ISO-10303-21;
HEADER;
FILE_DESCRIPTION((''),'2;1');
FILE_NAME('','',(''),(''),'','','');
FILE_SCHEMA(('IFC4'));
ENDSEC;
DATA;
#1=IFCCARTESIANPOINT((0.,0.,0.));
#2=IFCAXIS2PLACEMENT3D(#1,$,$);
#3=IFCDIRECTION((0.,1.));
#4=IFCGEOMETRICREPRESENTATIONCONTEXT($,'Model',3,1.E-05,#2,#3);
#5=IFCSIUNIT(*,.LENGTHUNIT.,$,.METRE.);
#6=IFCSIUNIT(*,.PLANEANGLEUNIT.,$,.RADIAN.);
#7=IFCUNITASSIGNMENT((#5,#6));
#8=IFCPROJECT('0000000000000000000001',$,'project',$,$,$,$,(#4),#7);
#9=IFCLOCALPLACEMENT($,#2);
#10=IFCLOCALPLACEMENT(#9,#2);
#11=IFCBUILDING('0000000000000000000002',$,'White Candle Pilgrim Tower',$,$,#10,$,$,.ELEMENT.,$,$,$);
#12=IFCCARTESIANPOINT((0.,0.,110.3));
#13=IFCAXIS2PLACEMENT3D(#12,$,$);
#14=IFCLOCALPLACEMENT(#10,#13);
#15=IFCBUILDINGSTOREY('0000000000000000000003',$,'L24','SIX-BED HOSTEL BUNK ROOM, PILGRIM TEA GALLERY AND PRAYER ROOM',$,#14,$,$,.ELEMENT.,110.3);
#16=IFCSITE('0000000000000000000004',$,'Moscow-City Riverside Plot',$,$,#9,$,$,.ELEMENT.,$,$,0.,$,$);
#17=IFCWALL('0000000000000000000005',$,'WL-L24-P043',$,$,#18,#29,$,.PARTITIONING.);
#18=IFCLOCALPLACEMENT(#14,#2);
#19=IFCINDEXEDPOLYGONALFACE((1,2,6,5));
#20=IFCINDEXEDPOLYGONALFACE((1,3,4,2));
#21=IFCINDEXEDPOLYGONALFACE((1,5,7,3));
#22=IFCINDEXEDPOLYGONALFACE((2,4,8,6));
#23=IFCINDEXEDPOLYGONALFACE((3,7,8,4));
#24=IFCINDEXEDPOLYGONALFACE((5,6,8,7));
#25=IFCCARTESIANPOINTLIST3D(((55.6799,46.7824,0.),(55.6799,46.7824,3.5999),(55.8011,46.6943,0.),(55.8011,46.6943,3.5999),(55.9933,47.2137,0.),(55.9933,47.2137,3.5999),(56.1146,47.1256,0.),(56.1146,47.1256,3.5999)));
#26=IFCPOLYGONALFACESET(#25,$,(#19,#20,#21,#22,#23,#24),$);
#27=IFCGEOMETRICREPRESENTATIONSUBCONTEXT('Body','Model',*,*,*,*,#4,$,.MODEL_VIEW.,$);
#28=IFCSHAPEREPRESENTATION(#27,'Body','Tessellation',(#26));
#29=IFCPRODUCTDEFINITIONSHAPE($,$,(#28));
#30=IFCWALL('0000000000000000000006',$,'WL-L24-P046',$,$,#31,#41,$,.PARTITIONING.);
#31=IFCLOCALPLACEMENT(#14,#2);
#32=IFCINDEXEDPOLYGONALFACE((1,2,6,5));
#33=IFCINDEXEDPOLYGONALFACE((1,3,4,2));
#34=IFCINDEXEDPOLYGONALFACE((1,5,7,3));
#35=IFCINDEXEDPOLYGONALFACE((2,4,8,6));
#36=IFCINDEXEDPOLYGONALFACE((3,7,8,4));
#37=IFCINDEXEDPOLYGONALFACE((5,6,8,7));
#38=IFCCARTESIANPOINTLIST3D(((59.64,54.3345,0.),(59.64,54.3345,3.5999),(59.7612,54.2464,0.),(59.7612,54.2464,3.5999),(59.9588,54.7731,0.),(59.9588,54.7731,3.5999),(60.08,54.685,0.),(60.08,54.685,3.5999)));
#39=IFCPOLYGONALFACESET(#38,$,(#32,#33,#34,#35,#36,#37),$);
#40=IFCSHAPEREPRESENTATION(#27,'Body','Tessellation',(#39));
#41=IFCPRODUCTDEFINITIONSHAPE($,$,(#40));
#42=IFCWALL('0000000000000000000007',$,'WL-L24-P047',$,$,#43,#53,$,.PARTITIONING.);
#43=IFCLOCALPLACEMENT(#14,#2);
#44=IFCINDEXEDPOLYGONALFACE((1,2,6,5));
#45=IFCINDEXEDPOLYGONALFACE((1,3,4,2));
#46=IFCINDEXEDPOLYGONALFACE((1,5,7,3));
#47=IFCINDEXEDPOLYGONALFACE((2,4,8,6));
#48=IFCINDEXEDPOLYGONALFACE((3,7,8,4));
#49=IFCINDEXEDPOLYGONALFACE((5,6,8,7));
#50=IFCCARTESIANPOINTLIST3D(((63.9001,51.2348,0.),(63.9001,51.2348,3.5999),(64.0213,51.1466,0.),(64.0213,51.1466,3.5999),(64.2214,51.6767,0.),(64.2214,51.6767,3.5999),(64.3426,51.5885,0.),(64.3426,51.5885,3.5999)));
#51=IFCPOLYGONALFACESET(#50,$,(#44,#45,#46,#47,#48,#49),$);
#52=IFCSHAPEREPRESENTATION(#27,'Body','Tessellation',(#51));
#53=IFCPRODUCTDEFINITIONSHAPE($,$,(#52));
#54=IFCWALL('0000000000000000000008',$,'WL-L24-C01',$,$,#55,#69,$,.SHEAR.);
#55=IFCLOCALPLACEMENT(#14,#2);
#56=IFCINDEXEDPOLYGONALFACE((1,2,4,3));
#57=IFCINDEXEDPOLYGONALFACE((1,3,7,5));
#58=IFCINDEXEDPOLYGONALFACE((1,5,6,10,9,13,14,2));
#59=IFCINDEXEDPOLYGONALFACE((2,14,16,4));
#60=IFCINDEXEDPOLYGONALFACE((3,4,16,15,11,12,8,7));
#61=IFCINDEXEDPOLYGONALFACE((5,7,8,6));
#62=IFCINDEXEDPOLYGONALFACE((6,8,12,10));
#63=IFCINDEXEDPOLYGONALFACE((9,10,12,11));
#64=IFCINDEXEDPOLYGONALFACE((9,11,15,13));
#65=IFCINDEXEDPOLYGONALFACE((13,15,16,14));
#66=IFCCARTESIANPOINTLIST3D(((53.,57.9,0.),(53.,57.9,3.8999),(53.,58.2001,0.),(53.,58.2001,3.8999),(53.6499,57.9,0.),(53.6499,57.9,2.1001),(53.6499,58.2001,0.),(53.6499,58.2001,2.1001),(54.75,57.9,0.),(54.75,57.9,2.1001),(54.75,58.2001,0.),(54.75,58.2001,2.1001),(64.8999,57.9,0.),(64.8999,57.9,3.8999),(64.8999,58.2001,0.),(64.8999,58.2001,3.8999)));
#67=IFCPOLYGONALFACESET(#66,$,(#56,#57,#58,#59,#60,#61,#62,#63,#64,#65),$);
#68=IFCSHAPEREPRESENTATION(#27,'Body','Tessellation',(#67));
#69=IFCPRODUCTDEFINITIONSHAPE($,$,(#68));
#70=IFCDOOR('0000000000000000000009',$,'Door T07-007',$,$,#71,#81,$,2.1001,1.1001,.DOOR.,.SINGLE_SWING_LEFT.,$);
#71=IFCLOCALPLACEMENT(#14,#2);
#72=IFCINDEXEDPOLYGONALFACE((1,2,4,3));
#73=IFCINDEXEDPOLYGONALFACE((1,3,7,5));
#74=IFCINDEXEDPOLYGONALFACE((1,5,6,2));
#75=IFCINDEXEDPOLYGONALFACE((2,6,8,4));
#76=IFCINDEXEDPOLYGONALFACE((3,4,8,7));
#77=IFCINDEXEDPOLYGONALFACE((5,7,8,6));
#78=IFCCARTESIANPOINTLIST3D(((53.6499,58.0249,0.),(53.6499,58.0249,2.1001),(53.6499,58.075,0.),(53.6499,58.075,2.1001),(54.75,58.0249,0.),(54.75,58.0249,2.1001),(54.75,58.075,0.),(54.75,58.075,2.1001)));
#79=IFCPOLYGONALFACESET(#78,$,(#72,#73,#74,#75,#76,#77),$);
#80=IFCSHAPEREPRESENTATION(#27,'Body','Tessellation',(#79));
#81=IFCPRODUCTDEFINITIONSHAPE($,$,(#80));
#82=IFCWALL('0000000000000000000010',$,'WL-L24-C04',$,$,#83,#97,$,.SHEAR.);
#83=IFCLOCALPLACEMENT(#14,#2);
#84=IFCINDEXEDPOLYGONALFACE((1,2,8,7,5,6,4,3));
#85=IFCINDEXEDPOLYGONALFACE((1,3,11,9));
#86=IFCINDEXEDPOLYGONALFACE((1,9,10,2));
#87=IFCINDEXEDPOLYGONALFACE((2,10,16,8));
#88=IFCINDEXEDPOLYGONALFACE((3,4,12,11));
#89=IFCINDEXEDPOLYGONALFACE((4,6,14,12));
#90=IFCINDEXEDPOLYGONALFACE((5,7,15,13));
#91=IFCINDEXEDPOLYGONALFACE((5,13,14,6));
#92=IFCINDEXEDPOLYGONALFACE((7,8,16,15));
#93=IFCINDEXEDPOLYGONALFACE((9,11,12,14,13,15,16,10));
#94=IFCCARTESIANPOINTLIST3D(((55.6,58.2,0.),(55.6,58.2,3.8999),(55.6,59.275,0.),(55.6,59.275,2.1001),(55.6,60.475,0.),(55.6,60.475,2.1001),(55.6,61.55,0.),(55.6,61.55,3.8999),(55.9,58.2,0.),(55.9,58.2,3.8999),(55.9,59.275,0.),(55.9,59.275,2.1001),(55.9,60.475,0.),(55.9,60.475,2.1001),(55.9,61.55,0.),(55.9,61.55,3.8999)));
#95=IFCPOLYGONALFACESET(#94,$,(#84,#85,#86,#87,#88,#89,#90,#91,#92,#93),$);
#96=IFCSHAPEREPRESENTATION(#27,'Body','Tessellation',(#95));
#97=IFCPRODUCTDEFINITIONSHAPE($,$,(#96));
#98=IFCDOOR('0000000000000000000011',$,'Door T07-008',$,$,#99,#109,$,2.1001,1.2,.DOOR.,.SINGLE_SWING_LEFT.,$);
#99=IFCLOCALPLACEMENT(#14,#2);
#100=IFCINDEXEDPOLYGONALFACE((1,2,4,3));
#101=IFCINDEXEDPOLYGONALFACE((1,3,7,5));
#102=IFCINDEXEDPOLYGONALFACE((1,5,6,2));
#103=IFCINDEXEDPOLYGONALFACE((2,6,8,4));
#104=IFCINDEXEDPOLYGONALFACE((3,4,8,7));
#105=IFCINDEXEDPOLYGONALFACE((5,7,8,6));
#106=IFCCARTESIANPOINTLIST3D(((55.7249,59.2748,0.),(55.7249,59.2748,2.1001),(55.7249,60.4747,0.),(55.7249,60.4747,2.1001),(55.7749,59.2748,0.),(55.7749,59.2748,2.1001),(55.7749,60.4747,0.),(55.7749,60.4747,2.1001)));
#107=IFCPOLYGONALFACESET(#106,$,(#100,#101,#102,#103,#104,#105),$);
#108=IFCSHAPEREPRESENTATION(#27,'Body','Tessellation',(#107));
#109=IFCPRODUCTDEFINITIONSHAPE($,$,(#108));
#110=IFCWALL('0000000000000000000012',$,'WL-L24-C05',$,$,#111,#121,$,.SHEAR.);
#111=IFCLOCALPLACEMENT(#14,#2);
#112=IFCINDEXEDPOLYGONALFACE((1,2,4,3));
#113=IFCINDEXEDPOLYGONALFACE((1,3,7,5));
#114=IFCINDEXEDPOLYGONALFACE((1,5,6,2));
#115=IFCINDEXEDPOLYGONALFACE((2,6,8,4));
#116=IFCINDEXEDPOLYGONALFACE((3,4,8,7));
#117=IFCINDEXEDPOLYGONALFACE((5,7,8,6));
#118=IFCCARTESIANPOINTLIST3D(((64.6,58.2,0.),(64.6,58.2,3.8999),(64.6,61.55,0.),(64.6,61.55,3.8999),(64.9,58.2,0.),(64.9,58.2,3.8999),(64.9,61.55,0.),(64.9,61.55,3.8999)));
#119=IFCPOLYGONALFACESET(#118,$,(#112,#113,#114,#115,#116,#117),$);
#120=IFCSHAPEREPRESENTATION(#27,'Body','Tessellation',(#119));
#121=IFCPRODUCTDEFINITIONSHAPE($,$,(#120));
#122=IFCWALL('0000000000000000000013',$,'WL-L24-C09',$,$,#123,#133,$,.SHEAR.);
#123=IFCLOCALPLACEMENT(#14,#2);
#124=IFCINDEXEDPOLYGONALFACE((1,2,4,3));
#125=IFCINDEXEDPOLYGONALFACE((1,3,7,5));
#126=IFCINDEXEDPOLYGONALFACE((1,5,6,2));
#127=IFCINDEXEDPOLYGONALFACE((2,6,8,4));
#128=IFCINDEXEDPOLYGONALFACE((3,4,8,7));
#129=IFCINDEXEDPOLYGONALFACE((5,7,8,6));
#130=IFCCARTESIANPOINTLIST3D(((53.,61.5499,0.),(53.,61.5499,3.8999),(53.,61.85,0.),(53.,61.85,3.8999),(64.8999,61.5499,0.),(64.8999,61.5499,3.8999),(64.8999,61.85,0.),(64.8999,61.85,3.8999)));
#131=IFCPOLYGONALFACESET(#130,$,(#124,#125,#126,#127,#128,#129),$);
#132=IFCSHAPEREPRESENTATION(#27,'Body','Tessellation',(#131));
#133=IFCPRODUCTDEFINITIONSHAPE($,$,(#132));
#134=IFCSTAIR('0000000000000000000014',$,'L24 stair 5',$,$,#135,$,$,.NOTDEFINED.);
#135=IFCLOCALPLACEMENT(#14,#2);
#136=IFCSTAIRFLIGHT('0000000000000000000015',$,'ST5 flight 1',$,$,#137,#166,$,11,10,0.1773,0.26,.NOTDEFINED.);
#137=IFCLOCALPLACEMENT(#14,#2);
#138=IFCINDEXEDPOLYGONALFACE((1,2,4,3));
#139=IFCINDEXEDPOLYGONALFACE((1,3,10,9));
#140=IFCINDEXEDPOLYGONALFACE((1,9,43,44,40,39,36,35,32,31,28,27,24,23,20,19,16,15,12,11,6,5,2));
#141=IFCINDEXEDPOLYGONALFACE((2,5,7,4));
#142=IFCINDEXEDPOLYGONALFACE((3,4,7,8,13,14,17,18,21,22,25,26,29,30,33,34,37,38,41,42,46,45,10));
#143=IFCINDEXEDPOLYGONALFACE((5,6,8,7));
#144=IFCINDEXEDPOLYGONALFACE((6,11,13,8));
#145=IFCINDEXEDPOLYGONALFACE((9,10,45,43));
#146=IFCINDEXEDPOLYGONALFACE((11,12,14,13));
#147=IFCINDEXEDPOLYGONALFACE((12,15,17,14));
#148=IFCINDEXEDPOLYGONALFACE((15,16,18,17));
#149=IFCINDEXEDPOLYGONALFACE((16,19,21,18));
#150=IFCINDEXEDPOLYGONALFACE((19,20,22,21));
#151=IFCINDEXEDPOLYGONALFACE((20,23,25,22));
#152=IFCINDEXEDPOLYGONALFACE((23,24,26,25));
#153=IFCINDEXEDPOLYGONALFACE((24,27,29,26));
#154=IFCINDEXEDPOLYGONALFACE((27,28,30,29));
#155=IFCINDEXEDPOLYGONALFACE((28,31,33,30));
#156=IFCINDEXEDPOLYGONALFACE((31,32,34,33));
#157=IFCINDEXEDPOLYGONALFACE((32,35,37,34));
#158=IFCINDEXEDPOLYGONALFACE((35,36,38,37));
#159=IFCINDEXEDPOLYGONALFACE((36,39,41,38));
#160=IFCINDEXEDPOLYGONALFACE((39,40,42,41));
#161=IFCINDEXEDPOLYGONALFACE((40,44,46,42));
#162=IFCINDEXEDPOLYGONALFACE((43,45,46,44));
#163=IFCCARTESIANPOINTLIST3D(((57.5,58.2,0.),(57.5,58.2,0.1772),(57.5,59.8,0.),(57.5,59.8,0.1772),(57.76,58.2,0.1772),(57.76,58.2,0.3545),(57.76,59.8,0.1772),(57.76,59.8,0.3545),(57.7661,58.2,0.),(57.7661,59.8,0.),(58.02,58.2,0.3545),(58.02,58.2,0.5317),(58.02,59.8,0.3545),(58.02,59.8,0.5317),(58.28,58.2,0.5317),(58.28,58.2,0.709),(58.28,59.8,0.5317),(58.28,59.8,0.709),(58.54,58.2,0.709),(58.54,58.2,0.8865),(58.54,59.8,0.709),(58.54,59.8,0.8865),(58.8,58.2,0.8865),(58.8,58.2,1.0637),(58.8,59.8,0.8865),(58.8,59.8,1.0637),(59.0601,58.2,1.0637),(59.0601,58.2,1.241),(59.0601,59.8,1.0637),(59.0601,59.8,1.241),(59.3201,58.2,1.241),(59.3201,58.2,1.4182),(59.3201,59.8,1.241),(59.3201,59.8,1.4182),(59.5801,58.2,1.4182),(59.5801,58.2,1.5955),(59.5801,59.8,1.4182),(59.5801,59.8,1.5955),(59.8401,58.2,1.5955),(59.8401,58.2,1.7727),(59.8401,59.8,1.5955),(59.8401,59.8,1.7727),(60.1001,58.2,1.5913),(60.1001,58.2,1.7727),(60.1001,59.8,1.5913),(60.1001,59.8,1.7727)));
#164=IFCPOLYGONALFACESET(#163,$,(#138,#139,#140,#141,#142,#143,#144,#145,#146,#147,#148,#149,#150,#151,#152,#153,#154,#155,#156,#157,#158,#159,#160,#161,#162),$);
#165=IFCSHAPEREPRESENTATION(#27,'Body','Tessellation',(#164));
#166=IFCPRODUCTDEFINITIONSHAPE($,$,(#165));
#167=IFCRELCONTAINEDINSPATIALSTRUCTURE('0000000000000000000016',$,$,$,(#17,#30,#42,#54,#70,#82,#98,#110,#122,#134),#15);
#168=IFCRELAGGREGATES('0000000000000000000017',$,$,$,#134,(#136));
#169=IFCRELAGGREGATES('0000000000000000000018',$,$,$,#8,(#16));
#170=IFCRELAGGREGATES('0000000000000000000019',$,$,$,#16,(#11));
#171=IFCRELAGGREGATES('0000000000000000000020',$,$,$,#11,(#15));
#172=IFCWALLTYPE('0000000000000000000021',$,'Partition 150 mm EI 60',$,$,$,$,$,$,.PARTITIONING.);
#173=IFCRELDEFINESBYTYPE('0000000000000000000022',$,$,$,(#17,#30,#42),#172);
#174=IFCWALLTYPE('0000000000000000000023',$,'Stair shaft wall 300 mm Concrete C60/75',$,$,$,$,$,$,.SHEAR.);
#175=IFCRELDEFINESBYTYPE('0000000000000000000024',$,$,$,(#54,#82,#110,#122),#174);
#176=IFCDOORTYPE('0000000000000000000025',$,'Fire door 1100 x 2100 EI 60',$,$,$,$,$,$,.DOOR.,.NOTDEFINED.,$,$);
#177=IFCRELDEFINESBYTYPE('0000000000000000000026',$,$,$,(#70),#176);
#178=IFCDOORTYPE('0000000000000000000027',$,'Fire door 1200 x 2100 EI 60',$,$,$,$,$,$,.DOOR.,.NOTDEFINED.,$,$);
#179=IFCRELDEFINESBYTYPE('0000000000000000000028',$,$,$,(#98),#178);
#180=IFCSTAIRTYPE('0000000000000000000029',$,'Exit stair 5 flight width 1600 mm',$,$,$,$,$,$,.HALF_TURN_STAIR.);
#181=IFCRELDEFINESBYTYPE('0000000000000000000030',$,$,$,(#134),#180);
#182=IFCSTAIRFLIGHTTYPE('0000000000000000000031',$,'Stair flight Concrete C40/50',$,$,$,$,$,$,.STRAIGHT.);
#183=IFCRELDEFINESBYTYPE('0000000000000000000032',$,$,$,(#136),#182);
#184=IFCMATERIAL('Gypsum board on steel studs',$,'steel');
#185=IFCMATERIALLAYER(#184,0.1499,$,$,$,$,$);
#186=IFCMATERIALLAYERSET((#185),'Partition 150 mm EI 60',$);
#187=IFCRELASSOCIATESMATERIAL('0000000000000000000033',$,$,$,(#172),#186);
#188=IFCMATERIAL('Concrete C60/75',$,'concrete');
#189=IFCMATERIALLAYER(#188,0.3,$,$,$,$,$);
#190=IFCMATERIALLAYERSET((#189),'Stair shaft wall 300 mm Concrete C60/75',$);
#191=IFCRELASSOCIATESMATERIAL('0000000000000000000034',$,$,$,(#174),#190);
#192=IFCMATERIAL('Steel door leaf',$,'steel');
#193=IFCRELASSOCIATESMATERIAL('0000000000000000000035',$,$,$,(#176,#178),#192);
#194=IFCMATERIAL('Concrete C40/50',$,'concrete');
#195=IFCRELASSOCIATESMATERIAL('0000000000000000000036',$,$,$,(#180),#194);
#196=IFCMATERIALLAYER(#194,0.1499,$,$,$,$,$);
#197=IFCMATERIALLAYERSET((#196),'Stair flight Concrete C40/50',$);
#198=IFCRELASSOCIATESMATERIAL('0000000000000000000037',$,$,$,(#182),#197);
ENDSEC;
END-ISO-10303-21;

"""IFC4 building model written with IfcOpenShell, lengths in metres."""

from ifc_helpers import new_model, si_unit, direction, frame, frame_2d, origin, place, context, subcontext, project, spatial, polyline, rectangle, outline, extrude, material, layer, layer_set, type_object, element, fill, aggregate, save


model = new_model("IFC4")

# Units and contexts
model_context = context("Model", 3, precision=1e-05, world=origin(), true_north=direction((0.0, 1.0)))
body_context = subcontext(model_context, "Body", "Model", "MODEL_VIEW")
ifc_project = project(units=[si_unit("LENGTHUNIT", "METRE"), si_unit("PLANEANGLEUNIT", "RADIAN")], contexts=[model_context])

# Site, building, storey
site_placement = place(None, origin())
site = spatial("IfcSite", under=ifc_project, at=site_placement, Name="Moscow-City Riverside Plot", CompositionType="ELEMENT", RefElevation=0.0)
building_placement = place(site_placement, origin())
building = spatial("IfcBuilding", under=site, at=building_placement, Name="White Candle Pilgrim Tower", CompositionType="ELEMENT")
storey_placement = place(building_placement, frame((0.0, 0.0, 110.3)))
storey = spatial("IfcBuildingStorey", under=building, at=storey_placement, Name="L24", Description="SIX-BED HOSTEL BUNK ROOM, PILGRIM TEA GALLERY AND PRAYER ROOM", CompositionType="ELEMENT", Elevation=110.3)

# Shared definitions
ifc_material_1 = material(Name="Concrete C60/75", Category="concrete")

# Shared definitions
ifc_material_2 = material(Name="Gypsum board on steel studs", Category="steel")
ifc_material_3 = material(Name="Steel door leaf", Category="steel")

# Walls
ifc_layer_1 = layer(ifc_material_2, 0.1499)
ifc_layer_set_1 = layer_set([ifc_layer_1], Name="Partition 150 mm EI 60")
wall_type_1 = type_object("IfcWallType", Name="Partition 150 mm EI 60", PredefinedType="PARTITIONING", material=ifc_layer_set_1)
wall_1_placement = place(storey_placement, frame((56.054, 47.1697, 0.0), z_axis=(0.0, 0.0, 1.0), x_axis=(-0.587845, -0.808974, 0.0)))
element("IfcWall", 1, at=wall_1_placement, inside=storey, type_object=wall_type_1, Name="WL-L24-P043", PredefinedType="PARTITIONING", context=body_context, shape_type="SweptSolid", body=[
    extrude(rectangle(XDim=0.5332, YDim=0.1499, at=frame_2d((0.2666, 0.0))), origin(), (0.0, 0.0, 1.0), 3.5999),
])
wall_2_placement = place(storey_placement, frame((59.7007, 54.2905, 0.0), z_axis=(0.0, 0.0, 1.0), x_axis=(0.587904, 0.808931, 0.0)))
element("IfcWall", 2, at=wall_2_placement, inside=storey, type_object=wall_type_1, Name="WL-L24-P046", PredefinedType="PARTITIONING", context=body_context, shape_type="SweptSolid", body=[
    extrude(rectangle(XDim=0.5422, YDim=0.1499, at=frame_2d((0.271, 0.0))), origin(), (0.0, 0.0, 1.0), 3.5999),
])
wall_3_placement = place(storey_placement, frame((63.9607, 51.1907, 0.0), z_axis=(0.0, 0.0, 1.0), x_axis=(0.588065, 0.808813, 0.0)))
element("IfcWall", 3, at=wall_3_placement, inside=storey, type_object=wall_type_1, Name="WL-L24-P047", PredefinedType="PARTITIONING", context=body_context, shape_type="SweptSolid", body=[
    extrude(rectangle(XDim=0.5464, YDim=0.1499, at=frame_2d((0.2732, 0.0))), origin(), (0.0, 0.0, 1.0), 3.5999),
])

# Walls, openings, doors
ifc_layer_2 = layer(ifc_material_1, 0.3)
ifc_layer_set_2 = layer_set([ifc_layer_2], Name="Stair shaft wall 300 mm Concrete C60/75")
wall_type_2 = type_object("IfcWallType", Name="Stair shaft wall 300 mm Concrete C60/75", PredefinedType="SHEAR", material=ifc_layer_set_2)
wall_4_placement = place(storey_placement, frame((53.0, 58.05, 0.0), z_axis=(0.0, 0.0, 1.0), x_axis=(1.0, 0.0, 0.0)))
wall_4 = element("IfcWall", 4, at=wall_4_placement, inside=storey, type_object=wall_type_2, Name="WL-L24-C01", PredefinedType="SHEAR", context=body_context, shape_type="SweptSolid", body=[
    extrude(rectangle(XDim=11.8999, YDim=0.3, at=frame_2d((5.95, 0.0))), origin(), (0.0, 0.0, 1.0), 3.8999),
])
opening_1_placement = place(wall_4_placement, frame((0.6499, 0.0, 0.0)))
opening_1 = element("IfcOpeningElement", 5, at=opening_1_placement, cuts=wall_4, PredefinedType="OPENING", context=body_context, shape_type="SweptSolid", body=[
    extrude(rectangle(XDim=1.1001, YDim=2.1001, at=frame_2d((0.55, 1.05))), frame((0.0, 0.1599, 0.0), z_axis=(0.0, -1.0, 0.0), x_axis=(1.0, 0.0, 0.0)), (0.0, 0.0, 1.0), 0.3201),
])
door_type_1 = type_object("IfcDoorType", Name="Fire door 1100 x 2100 EI 60", OperationType="NOTDEFINED", PredefinedType="DOOR", material=ifc_material_3)
door_1_placement = place(opening_1_placement, origin())
door_1 = element("IfcDoor", 6, at=door_1_placement, inside=storey, type_object=door_type_1, Name="Door T07-007", OperationType="SINGLE_SWING_LEFT", OverallHeight=2.1001, OverallWidth=1.1001, PredefinedType="DOOR", context=body_context, shape_type="SweptSolid", body=[
    extrude(rectangle(XDim=1.1001, YDim=2.1001, at=frame_2d((0.55, 1.05))), frame((0.0, 0.0249, 0.0), z_axis=(0.0, -1.0, 0.0), x_axis=(1.0, 0.0, 0.0)), (0.0, 0.0, 1.0), 0.05),
])
fill(opening_1, door_1)
wall_5_placement = place(storey_placement, frame((55.75, 58.2, 0.0), z_axis=(0.0, 0.0, 1.0), x_axis=(0.0, 1.0, 0.0)))
wall_5 = element("IfcWall", 7, at=wall_5_placement, inside=storey, type_object=wall_type_2, Name="WL-L24-C04", PredefinedType="SHEAR", context=body_context, shape_type="SweptSolid", body=[
    extrude(rectangle(XDim=3.3501, YDim=0.3, at=frame_2d((1.675, 0.0))), origin(), (0.0, 0.0, 1.0), 3.8999),
])
opening_2_placement = place(wall_5_placement, frame((1.075, 0.0, 0.0)))
opening_2 = element("IfcOpeningElement", 8, at=opening_2_placement, cuts=wall_5, PredefinedType="OPENING", context=body_context, shape_type="SweptSolid", body=[
    extrude(rectangle(XDim=1.2, YDim=2.1001, at=frame_2d((0.6001, 1.05))), frame((0.0, 0.1599, 0.0), z_axis=(0.0, -1.0, 0.0), x_axis=(1.0, 0.0, 0.0)), (0.0, 0.0, 1.0), 0.3201),
])
door_type_2 = type_object("IfcDoorType", Name="Fire door 1200 x 2100 EI 60", OperationType="NOTDEFINED", PredefinedType="DOOR", material=ifc_material_3)
door_2_placement = place(opening_2_placement, frame((1.2, 0.0, 0.0), z_axis=(0.0, 0.0, 1.0), x_axis=(-1.0, 0.0, 0.0)))
door_2 = element("IfcDoor", 9, at=door_2_placement, inside=storey, type_object=door_type_2, Name="Door T07-008", OperationType="SINGLE_SWING_LEFT", OverallHeight=2.1001, OverallWidth=1.2, PredefinedType="DOOR", context=body_context, shape_type="SweptSolid", body=[
    extrude(rectangle(XDim=1.2, YDim=2.1001, at=frame_2d((0.6001, 1.05))), frame((0.0, 0.0249, 0.0), z_axis=(0.0, -1.0, 0.0), x_axis=(1.0, 0.0, 0.0)), (0.0, 0.0, 1.0), 0.05),
])
fill(opening_2, door_2)

# Walls
wall_6_placement = place(storey_placement, frame((64.75, 58.2, 0.0), z_axis=(0.0, 0.0, 1.0), x_axis=(0.0, 1.0, 0.0)))
element("IfcWall", 10, at=wall_6_placement, inside=storey, type_object=wall_type_2, Name="WL-L24-C05", PredefinedType="SHEAR", context=body_context, shape_type="SweptSolid", body=[
    extrude(rectangle(XDim=3.3501, YDim=0.3, at=frame_2d((1.675, 0.0))), origin(), (0.0, 0.0, 1.0), 3.8999),
])
wall_7_placement = place(storey_placement, frame((53.0, 61.7, 0.0), z_axis=(0.0, 0.0, 1.0), x_axis=(1.0, 0.0, 0.0)))
element("IfcWall", 11, at=wall_7_placement, inside=storey, type_object=wall_type_2, Name="WL-L24-C09", PredefinedType="SHEAR", context=body_context, shape_type="SweptSolid", body=[
    extrude(rectangle(XDim=11.8999, YDim=0.3, at=frame_2d((5.95, 0.0))), origin(), (0.0, 0.0, 1.0), 3.8999),
])

# Stair, stair flight
ifc_material_4 = material(Name="Concrete C40/50", Category="concrete")
stair_type = type_object("IfcStairType", Name="Exit stair 5 flight width 1600 mm", PredefinedType="HALF_TURN_STAIR", material=ifc_material_4)
stair_placement = place(storey_placement, origin())
stair = element("IfcStair", 12, at=stair_placement, inside=storey, type_object=stair_type, Name="L24 stair 5", PredefinedType="NOTDEFINED")
ifc_layer_3 = layer(ifc_material_4, 0.1499)
ifc_layer_set_3 = layer_set([ifc_layer_3], Name="Stair flight Concrete C40/50")
stair_flight_type = type_object("IfcStairFlightType", Name="Stair flight Concrete C40/50", PredefinedType="STRAIGHT", material=ifc_layer_set_3)
stair_flight_1_placement = place(storey_placement, frame((57.5, 59.0, 0.0), z_axis=(0.0, 0.0, 1.0), x_axis=(1.0, 0.0, 0.0)))
stair_flight_1 = element("IfcStairFlight", 13, at=stair_flight_1_placement, type_object=stair_flight_type, Name="ST5 flight 1", NumberOfRisers=11, NumberOfTreads=10, PredefinedType="NOTDEFINED", RiserHeight=0.1773, TreadLength=0.26, context=body_context, shape_type="SweptSolid", body=[
    extrude(outline(polyline([(0.0, 0.0), (0.0, 0.1772), (0.26, 0.1772), (0.26, 0.3545), (0.52, 0.3545), (0.52, 0.5317), (0.78, 0.5317), (0.78, 0.709), (1.04, 0.709), (1.04, 0.8865), (1.3, 0.8865), (1.3, 1.0637), (1.5601, 1.0637), (1.5601, 1.241), (1.8201, 1.241), (1.8201, 1.4182), (2.0801, 1.4182), (2.0801, 1.5955), (2.3401, 1.5955), (2.3401, 1.7727), (2.6001, 1.7727), (2.6001, 1.95), (2.6001, 1.5913), (0.2661, 0.0), (0.0, 0.0)])), frame((0.0, 0.8, 0.0), z_axis=(0.0, -1.0, 0.0), x_axis=(1.0, 0.0, 0.0)), (0.0, 0.0, 1.0), 1.6001),
])
aggregate(stair, [stair_flight_1])

save(model, "model.ifc")
